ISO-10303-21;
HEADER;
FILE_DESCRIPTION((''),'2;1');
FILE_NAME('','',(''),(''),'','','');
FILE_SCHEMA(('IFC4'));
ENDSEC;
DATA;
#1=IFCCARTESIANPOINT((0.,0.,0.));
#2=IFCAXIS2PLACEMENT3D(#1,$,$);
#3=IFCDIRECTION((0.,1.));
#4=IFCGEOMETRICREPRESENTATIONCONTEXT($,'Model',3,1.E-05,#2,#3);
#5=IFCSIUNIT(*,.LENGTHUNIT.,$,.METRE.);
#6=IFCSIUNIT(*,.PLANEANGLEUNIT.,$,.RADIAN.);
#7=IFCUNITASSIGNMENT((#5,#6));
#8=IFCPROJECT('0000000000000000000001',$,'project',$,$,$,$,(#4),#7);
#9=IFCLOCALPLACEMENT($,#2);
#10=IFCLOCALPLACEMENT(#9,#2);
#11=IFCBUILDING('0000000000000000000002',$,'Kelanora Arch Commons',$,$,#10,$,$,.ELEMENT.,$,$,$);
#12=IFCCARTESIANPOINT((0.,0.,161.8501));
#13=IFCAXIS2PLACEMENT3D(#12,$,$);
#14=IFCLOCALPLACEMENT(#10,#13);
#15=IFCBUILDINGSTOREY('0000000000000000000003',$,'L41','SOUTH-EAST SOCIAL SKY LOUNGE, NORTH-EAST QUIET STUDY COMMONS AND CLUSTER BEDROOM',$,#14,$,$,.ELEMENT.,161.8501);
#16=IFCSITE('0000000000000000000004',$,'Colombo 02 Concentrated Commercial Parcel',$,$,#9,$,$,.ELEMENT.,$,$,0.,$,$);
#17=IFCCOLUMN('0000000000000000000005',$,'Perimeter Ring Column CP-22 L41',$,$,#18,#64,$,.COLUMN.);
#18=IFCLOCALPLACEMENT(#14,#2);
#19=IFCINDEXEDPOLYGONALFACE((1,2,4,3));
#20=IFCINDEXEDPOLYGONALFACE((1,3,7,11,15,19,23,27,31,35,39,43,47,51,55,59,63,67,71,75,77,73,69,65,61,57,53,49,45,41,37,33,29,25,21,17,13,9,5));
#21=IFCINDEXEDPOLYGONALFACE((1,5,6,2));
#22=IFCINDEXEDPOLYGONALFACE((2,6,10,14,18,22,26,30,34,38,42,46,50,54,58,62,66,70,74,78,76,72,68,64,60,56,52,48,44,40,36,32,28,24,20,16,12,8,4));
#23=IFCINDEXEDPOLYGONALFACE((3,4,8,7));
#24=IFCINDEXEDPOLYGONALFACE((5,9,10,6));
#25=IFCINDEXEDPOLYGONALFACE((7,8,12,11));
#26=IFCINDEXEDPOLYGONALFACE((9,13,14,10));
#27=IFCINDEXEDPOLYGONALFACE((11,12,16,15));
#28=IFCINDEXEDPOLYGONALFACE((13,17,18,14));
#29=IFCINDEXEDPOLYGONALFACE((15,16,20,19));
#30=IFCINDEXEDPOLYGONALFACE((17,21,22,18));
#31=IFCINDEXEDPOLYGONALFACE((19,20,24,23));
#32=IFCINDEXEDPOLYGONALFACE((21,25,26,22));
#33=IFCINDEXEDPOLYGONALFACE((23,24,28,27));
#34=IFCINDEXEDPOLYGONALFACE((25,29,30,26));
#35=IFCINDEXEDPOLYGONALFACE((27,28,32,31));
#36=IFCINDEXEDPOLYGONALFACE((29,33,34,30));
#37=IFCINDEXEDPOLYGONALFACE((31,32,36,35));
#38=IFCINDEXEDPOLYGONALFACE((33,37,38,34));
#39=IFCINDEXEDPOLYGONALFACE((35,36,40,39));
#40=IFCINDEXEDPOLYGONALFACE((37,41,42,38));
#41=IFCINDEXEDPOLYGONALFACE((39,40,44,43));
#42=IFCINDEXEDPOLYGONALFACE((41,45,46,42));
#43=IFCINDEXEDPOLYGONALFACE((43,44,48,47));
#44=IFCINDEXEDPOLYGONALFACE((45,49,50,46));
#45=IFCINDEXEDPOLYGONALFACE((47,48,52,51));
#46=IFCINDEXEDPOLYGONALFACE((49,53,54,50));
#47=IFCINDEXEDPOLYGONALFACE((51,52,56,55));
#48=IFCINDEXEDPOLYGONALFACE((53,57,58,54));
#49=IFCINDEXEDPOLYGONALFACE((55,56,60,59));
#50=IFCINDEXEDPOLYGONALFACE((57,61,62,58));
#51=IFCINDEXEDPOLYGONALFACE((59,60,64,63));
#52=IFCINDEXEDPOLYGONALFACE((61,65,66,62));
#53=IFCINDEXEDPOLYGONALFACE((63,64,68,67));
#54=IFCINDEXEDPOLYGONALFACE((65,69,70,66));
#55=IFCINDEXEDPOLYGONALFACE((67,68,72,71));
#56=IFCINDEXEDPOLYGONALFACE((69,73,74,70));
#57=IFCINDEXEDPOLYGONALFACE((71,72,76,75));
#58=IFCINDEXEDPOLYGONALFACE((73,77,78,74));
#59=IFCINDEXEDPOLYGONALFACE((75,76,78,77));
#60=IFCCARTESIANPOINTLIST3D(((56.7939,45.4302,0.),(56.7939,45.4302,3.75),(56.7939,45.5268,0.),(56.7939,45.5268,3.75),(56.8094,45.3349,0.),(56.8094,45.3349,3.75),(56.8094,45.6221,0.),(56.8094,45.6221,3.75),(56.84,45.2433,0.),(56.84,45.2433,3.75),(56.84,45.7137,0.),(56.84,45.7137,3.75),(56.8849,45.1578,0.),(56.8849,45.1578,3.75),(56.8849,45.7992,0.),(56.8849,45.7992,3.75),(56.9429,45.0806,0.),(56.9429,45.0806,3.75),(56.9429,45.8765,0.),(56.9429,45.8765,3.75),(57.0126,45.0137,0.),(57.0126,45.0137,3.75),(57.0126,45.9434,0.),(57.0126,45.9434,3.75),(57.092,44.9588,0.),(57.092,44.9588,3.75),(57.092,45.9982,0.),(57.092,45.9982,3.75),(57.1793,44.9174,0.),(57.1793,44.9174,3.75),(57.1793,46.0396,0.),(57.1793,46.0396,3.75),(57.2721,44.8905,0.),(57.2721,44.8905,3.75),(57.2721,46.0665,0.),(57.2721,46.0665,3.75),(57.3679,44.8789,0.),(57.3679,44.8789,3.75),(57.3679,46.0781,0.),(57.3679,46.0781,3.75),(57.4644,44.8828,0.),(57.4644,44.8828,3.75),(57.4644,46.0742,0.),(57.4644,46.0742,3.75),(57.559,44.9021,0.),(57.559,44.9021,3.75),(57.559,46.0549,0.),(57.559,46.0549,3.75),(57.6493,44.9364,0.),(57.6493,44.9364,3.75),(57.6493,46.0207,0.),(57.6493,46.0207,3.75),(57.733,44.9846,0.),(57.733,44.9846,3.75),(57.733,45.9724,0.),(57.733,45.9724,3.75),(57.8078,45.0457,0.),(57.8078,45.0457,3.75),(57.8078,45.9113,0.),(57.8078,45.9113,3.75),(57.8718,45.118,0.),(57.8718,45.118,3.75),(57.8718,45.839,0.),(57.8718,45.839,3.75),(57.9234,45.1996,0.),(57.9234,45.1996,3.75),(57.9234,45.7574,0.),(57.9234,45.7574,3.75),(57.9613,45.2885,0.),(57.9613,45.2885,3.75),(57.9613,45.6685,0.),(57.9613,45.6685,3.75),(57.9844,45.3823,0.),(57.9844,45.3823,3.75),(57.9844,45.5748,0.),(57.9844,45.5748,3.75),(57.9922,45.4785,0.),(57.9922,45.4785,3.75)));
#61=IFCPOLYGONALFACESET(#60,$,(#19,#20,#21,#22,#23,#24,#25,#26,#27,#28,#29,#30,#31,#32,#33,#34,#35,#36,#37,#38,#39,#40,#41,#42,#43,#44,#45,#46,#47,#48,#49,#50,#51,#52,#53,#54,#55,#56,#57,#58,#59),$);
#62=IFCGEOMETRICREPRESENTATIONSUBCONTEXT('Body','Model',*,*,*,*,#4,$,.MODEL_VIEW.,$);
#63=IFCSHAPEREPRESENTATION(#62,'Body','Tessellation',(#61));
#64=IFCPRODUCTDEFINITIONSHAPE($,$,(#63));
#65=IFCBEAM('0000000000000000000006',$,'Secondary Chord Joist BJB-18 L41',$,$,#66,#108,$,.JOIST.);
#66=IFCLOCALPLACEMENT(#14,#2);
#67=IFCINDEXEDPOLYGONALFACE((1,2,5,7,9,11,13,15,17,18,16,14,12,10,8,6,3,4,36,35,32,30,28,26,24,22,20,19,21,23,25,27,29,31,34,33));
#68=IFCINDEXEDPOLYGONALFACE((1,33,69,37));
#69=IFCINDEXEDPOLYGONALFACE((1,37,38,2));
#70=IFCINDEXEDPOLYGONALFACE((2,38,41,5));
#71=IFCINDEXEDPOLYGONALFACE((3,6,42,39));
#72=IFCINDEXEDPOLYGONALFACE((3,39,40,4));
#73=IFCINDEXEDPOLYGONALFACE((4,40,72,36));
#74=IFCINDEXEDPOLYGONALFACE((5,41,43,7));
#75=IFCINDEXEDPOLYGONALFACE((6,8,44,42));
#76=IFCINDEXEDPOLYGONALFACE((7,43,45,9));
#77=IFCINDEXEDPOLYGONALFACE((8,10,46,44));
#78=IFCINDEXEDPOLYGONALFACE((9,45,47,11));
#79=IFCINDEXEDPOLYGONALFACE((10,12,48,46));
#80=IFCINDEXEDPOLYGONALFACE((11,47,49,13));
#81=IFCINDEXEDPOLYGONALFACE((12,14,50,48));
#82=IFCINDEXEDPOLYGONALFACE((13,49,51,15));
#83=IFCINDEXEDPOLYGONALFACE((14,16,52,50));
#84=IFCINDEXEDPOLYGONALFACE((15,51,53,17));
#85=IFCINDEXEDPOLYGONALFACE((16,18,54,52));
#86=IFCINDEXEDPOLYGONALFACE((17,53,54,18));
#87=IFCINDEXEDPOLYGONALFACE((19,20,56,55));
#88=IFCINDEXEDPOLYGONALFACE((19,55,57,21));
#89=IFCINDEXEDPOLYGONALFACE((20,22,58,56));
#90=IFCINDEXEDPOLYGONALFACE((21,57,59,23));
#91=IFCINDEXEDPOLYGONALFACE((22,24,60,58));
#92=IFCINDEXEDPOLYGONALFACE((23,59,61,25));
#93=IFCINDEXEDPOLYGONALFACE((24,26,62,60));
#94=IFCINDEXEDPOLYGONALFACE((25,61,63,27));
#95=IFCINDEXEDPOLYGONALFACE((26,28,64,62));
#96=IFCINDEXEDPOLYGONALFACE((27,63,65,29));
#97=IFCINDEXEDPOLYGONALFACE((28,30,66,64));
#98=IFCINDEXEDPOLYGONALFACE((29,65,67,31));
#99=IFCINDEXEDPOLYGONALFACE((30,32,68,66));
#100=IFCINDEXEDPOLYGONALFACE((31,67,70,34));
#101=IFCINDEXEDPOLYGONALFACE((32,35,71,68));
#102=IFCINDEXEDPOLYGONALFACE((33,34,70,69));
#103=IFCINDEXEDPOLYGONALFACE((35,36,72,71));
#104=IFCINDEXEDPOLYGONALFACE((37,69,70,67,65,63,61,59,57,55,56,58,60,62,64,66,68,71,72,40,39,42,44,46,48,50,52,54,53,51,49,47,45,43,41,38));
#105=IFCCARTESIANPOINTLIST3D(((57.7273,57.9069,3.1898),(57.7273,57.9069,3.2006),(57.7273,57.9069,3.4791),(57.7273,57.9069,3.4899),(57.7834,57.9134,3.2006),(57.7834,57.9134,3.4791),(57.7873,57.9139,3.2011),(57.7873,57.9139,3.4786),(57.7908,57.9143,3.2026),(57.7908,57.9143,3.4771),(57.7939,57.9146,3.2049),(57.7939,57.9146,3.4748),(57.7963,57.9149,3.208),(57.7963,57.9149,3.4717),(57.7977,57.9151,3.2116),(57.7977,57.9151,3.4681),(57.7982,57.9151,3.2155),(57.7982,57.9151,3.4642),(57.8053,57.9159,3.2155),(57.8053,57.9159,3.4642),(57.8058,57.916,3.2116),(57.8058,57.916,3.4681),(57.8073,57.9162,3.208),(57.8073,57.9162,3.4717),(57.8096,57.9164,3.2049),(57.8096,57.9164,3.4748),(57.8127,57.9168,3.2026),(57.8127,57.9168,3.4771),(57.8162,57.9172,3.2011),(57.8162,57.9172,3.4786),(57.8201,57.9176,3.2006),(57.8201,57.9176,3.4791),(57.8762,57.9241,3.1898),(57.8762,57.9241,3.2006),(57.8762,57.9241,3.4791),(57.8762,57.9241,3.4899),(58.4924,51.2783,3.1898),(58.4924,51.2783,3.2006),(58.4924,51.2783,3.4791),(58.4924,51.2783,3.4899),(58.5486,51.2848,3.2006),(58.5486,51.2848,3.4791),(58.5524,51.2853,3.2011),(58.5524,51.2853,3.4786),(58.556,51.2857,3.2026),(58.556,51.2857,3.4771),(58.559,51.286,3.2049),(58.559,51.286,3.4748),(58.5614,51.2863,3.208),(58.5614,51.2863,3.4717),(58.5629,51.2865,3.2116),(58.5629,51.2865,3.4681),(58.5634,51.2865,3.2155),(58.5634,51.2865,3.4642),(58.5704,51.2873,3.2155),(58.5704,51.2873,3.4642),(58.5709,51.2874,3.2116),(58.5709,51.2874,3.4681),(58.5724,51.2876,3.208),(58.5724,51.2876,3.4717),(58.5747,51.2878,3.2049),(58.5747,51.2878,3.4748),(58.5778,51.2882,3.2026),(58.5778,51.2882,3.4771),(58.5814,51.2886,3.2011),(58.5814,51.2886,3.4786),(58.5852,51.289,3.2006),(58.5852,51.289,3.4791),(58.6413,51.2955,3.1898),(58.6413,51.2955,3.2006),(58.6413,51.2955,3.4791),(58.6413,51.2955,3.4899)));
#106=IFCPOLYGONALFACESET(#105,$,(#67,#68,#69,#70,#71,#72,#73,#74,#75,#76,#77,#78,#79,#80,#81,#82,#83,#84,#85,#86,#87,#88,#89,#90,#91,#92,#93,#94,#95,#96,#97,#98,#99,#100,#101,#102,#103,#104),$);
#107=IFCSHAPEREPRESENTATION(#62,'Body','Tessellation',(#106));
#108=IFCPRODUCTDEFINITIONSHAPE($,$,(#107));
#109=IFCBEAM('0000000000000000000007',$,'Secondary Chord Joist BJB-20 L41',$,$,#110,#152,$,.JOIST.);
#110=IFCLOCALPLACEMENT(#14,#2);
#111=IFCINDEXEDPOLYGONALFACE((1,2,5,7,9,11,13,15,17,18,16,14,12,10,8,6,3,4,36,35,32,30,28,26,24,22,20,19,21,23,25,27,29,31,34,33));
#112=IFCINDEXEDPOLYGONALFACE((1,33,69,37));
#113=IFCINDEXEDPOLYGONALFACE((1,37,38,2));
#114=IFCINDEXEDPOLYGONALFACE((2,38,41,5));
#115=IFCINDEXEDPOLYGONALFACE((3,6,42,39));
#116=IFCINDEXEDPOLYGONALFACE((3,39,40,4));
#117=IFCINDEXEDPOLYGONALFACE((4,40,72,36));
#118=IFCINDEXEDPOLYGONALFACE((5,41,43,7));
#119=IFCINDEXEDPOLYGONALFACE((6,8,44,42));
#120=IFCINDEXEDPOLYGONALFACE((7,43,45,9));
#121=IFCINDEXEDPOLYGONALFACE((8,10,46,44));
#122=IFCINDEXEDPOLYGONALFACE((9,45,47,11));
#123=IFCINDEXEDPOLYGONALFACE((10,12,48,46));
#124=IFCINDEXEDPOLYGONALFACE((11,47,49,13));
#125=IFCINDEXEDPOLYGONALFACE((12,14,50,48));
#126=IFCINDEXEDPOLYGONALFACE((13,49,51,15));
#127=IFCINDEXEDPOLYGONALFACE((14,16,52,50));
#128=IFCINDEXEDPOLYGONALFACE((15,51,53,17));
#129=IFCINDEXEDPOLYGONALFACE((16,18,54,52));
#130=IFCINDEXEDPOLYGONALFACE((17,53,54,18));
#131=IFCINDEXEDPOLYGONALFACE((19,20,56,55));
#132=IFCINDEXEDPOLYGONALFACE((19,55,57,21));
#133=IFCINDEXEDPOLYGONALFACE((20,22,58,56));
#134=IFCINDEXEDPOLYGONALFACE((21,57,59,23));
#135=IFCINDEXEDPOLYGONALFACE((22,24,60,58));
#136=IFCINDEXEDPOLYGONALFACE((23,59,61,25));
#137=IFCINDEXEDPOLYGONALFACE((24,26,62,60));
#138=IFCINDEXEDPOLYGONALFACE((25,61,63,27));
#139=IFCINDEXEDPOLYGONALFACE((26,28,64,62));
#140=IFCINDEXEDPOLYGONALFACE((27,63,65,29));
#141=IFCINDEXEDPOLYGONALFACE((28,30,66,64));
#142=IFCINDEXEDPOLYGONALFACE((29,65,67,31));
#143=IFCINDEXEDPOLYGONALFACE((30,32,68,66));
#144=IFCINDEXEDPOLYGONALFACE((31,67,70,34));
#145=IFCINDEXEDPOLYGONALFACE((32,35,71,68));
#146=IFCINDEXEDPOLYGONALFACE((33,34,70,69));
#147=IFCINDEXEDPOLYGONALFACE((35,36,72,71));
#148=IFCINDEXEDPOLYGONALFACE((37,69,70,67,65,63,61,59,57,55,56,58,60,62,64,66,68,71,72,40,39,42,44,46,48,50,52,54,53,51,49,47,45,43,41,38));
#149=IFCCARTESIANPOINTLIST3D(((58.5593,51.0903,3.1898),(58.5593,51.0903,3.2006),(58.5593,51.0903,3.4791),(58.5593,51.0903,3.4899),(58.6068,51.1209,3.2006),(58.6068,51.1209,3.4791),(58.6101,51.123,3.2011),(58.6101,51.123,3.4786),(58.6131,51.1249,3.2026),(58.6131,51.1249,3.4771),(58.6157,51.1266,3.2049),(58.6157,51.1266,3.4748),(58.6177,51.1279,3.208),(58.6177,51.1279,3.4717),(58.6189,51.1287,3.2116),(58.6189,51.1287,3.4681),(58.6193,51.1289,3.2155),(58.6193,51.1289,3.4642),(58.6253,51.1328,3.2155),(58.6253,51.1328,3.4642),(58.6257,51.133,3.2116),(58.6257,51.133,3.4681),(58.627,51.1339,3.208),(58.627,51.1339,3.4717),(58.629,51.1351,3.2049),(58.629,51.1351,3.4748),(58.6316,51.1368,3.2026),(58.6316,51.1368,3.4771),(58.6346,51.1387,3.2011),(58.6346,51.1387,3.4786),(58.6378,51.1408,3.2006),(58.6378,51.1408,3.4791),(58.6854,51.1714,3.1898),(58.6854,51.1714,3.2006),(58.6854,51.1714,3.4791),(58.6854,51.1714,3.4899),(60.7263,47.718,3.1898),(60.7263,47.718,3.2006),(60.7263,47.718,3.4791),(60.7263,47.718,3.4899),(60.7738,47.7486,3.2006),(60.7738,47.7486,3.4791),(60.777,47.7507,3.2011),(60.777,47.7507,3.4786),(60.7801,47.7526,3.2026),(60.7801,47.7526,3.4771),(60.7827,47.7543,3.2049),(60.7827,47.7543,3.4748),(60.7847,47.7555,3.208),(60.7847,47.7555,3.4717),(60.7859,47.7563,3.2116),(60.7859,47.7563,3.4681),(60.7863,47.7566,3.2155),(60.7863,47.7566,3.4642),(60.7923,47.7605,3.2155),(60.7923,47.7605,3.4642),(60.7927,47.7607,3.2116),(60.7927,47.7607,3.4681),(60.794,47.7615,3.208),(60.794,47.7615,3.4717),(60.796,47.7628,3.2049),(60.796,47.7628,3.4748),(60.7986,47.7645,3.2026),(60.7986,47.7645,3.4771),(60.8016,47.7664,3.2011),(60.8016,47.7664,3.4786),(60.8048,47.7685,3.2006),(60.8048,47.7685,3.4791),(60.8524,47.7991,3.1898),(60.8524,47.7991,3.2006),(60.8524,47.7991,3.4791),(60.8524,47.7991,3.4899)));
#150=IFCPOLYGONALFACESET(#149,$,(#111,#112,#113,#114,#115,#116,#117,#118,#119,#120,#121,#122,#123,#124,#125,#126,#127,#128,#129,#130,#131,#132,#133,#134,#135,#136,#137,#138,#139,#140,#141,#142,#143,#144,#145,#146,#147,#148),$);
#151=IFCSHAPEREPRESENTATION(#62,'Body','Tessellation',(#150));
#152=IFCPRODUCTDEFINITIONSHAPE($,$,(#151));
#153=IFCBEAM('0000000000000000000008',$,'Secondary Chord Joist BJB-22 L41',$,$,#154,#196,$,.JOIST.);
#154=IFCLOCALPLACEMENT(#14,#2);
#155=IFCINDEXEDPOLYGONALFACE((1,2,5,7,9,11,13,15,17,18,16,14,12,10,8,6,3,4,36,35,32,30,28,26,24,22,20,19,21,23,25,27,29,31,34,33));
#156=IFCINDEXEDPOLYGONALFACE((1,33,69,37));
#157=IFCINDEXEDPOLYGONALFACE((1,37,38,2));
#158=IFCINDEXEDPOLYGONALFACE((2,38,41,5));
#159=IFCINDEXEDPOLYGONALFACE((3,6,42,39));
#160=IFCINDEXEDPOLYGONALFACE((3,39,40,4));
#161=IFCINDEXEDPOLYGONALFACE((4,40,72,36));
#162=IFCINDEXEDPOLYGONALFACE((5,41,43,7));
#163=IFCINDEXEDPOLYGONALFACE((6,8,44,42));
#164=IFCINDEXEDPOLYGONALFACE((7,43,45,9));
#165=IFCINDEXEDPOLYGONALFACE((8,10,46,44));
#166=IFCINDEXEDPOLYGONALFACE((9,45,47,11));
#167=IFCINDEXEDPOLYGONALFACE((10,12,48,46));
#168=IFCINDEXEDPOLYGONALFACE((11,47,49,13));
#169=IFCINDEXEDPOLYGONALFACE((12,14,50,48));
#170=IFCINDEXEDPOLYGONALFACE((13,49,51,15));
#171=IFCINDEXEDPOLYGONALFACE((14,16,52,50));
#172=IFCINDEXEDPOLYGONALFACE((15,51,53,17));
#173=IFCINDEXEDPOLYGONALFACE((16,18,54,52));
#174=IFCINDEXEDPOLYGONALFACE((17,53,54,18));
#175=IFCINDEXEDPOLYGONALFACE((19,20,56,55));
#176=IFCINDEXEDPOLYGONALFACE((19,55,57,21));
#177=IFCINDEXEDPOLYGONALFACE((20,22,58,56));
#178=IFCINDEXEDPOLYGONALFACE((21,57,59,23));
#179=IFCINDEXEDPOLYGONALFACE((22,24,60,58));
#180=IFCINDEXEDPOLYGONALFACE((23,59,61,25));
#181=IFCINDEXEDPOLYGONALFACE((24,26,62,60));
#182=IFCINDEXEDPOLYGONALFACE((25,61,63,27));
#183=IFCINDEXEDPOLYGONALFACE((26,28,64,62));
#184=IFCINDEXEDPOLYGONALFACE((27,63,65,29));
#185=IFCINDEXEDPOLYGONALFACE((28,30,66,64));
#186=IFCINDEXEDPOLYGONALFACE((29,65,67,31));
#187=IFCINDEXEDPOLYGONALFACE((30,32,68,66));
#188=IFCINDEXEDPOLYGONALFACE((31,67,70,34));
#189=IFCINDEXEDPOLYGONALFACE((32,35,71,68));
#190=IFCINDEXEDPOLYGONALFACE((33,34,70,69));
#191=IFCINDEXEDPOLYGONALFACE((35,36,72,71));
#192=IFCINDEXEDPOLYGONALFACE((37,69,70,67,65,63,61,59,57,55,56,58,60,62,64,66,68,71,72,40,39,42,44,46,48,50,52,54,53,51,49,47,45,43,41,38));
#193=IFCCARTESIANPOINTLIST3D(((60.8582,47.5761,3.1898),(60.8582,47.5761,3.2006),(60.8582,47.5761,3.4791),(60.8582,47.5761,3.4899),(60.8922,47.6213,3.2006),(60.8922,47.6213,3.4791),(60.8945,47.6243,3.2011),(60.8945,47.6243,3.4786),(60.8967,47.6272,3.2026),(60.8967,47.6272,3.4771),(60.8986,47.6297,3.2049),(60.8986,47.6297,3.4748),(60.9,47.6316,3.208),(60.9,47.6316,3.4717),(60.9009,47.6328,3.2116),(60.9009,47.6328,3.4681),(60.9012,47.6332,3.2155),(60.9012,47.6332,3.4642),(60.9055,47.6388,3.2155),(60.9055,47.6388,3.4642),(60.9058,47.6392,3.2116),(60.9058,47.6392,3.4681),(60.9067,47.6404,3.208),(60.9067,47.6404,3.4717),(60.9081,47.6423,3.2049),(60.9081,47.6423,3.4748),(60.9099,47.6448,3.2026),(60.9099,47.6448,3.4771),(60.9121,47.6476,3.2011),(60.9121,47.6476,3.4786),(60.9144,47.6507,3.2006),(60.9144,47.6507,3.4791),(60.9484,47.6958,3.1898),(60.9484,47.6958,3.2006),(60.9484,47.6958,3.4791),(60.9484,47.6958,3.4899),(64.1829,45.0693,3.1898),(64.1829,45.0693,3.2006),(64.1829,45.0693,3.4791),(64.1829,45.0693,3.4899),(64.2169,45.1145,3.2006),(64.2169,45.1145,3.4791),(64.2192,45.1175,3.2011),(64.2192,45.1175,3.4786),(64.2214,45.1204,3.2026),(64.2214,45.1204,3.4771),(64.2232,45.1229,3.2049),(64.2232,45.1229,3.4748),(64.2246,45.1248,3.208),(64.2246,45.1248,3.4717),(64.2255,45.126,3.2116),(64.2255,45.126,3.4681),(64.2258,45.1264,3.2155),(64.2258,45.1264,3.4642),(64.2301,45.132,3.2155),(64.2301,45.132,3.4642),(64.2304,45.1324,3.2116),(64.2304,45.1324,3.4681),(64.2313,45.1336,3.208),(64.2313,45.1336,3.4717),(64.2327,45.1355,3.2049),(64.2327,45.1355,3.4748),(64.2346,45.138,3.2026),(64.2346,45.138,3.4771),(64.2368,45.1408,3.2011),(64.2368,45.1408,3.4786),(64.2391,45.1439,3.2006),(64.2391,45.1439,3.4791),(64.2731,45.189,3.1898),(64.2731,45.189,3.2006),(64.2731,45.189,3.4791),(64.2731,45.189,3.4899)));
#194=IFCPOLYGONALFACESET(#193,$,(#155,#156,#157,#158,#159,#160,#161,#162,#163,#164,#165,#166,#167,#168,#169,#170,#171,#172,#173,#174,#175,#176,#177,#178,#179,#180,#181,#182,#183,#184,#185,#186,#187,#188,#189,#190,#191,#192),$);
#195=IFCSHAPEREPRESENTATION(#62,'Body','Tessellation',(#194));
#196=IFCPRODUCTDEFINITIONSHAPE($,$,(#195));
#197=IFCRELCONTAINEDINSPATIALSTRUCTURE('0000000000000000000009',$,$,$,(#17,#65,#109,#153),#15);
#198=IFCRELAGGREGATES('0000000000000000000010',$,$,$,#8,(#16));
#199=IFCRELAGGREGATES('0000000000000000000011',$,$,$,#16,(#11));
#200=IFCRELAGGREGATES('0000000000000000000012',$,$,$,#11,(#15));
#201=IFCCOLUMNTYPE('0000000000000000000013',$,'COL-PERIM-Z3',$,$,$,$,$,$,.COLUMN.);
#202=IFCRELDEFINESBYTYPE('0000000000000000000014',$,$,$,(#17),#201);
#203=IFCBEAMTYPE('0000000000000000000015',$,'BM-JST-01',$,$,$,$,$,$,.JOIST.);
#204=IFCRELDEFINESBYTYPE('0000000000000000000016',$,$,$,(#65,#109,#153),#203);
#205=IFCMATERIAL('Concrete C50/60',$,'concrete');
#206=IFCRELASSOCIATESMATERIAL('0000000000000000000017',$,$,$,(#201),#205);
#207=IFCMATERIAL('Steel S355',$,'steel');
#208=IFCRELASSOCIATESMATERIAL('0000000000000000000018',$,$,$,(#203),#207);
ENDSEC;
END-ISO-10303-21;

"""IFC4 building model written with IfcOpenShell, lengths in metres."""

from ifc_helpers import new_model, si_unit, direction, frame, origin, origin_2d, place, context, subcontext, project, spatial, circle, i_section, extrude, material, material_profile, profile_set, type_object, element, save


model = new_model("IFC4")

# Units and contexts
model_context = context("Model", 3, precision=1e-05, world=origin(), true_north=direction((0.0, 1.0)))
body_context = subcontext(model_context, "Body", "Model", "MODEL_VIEW")
ifc_project = project(units=[si_unit("LENGTHUNIT", "METRE"), si_unit("PLANEANGLEUNIT", "RADIAN")], contexts=[model_context])

# Site, building, storey
site_placement = place(None, origin())
site = spatial("IfcSite", under=ifc_project, at=site_placement, Name="Colombo 02 Concentrated Commercial Parcel", CompositionType="ELEMENT", RefElevation=0.0)
building_placement = place(site_placement, origin())
building = spatial("IfcBuilding", under=site, at=building_placement, Name="Kelanora Arch Commons", CompositionType="ELEMENT")
storey_placement = place(building_placement, frame((0.0, 0.0, 161.8501)))
storey = spatial("IfcBuildingStorey", under=building, at=storey_placement, Name="L41", Description="SOUTH-EAST SOCIAL SKY LOUNGE, NORTH-EAST QUIET STUDY COMMONS AND CLUSTER BEDROOM", CompositionType="ELEMENT", Elevation=161.8501)

# Column
ifc_material_1 = material(Name="Concrete C50/60", Category="concrete")
ifc_material_profile_1 = material_profile(ifc_material_1, circle(Radius=0.6001, at=origin_2d()), Name="RCC1200")
ifc_profile_set_1 = profile_set([ifc_material_profile_1], Name="Concrete C50/60")
column_type = type_object("IfcColumnType", Name="COL-PERIM-Z3", PredefinedType="COLUMN", material=ifc_profile_set_1)
column_placement = place(storey_placement, frame((57.3921, 45.4785, 0.0), z_axis=(0.0, 0.0, 1.0), x_axis=(1.0, 0.0, 0.0)))
element("IfcColumn", 1, at=column_placement, inside=storey, type_object=column_type, Name="Perimeter Ring Column CP-22 L41", PredefinedType="COLUMN", context=body_context, shape_type="SweptSolid", body=[
    extrude(circle(Radius=0.6001, at=origin_2d()), origin(), (0.0, 0.0, 1.0), 3.75),
])

# Beams
ifc_material_2 = material(Name="Steel S355", Category="steel")
ifc_material_profile_2 = material_profile(ifc_material_2, i_section(OverallWidth=0.1499, OverallDepth=0.3, WebThickness=0.0071, FlangeThickness=0.0107, FilletRadius=0.0149, at=origin_2d()), Name="IPE300")
ifc_profile_set_2 = profile_set([ifc_material_profile_2], Name="Steel S355")
beam_type_1 = type_object("IfcBeamType", Name="BM-JST-01", PredefinedType="JOIST", material=ifc_profile_set_2)
beam_1_placement = place(storey_placement, frame((57.8018, 57.9155, 3.3398), z_axis=(0.114667, -0.993404, 0.0), x_axis=(0.993404, 0.114667, 0.0)))
element("IfcBeam", 2, at=beam_1_placement, inside=storey, type_object=beam_type_1, Name="Secondary Chord Joist BJB-18 L41", PredefinedType="JOIST", context=body_context, shape_type="SweptSolid", body=[
    extrude(i_section(OverallWidth=0.1499, OverallDepth=0.3, WebThickness=0.0071, FlangeThickness=0.0107, FilletRadius=0.0149, at=origin_2d()), origin(), (0.0, 0.0, 1.0), 6.6726),
])
beam_2_placement = place(storey_placement, frame((58.6223, 51.1309, 3.3398), z_axis=(0.540594, -0.841283, 0.0), x_axis=(0.841283, 0.540594, 0.0)))
element("IfcBeam", 3, at=beam_2_placement, inside=storey, type_object=beam_type_1, Name="Secondary Chord Joist BJB-20 L41", PredefinedType="JOIST", context=body_context, shape_type="SweptSolid", body=[
    extrude(i_section(OverallWidth=0.1499, OverallDepth=0.3, WebThickness=0.0071, FlangeThickness=0.0107, FilletRadius=0.0149, at=origin_2d()), origin(), (0.0, 0.0, 1.0), 4.0085),
])
beam_3_placement = place(storey_placement, frame((60.9033, 47.636, 3.3398), z_axis=(0.798464, -0.602043, 0.0), x_axis=(0.602043, 0.798464, 0.0)))
element("IfcBeam", 4, at=beam_3_placement, inside=storey, type_object=beam_type_1, Name="Secondary Chord Joist BJB-22 L41", PredefinedType="JOIST", context=body_context, shape_type="SweptSolid", body=[
    extrude(i_section(OverallWidth=0.1499, OverallDepth=0.3, WebThickness=0.0071, FlangeThickness=0.0107, FilletRadius=0.0149, at=origin_2d()), origin(), (0.0, 0.0, 1.0), 4.1638),
])

save(model, "model.ifc")
